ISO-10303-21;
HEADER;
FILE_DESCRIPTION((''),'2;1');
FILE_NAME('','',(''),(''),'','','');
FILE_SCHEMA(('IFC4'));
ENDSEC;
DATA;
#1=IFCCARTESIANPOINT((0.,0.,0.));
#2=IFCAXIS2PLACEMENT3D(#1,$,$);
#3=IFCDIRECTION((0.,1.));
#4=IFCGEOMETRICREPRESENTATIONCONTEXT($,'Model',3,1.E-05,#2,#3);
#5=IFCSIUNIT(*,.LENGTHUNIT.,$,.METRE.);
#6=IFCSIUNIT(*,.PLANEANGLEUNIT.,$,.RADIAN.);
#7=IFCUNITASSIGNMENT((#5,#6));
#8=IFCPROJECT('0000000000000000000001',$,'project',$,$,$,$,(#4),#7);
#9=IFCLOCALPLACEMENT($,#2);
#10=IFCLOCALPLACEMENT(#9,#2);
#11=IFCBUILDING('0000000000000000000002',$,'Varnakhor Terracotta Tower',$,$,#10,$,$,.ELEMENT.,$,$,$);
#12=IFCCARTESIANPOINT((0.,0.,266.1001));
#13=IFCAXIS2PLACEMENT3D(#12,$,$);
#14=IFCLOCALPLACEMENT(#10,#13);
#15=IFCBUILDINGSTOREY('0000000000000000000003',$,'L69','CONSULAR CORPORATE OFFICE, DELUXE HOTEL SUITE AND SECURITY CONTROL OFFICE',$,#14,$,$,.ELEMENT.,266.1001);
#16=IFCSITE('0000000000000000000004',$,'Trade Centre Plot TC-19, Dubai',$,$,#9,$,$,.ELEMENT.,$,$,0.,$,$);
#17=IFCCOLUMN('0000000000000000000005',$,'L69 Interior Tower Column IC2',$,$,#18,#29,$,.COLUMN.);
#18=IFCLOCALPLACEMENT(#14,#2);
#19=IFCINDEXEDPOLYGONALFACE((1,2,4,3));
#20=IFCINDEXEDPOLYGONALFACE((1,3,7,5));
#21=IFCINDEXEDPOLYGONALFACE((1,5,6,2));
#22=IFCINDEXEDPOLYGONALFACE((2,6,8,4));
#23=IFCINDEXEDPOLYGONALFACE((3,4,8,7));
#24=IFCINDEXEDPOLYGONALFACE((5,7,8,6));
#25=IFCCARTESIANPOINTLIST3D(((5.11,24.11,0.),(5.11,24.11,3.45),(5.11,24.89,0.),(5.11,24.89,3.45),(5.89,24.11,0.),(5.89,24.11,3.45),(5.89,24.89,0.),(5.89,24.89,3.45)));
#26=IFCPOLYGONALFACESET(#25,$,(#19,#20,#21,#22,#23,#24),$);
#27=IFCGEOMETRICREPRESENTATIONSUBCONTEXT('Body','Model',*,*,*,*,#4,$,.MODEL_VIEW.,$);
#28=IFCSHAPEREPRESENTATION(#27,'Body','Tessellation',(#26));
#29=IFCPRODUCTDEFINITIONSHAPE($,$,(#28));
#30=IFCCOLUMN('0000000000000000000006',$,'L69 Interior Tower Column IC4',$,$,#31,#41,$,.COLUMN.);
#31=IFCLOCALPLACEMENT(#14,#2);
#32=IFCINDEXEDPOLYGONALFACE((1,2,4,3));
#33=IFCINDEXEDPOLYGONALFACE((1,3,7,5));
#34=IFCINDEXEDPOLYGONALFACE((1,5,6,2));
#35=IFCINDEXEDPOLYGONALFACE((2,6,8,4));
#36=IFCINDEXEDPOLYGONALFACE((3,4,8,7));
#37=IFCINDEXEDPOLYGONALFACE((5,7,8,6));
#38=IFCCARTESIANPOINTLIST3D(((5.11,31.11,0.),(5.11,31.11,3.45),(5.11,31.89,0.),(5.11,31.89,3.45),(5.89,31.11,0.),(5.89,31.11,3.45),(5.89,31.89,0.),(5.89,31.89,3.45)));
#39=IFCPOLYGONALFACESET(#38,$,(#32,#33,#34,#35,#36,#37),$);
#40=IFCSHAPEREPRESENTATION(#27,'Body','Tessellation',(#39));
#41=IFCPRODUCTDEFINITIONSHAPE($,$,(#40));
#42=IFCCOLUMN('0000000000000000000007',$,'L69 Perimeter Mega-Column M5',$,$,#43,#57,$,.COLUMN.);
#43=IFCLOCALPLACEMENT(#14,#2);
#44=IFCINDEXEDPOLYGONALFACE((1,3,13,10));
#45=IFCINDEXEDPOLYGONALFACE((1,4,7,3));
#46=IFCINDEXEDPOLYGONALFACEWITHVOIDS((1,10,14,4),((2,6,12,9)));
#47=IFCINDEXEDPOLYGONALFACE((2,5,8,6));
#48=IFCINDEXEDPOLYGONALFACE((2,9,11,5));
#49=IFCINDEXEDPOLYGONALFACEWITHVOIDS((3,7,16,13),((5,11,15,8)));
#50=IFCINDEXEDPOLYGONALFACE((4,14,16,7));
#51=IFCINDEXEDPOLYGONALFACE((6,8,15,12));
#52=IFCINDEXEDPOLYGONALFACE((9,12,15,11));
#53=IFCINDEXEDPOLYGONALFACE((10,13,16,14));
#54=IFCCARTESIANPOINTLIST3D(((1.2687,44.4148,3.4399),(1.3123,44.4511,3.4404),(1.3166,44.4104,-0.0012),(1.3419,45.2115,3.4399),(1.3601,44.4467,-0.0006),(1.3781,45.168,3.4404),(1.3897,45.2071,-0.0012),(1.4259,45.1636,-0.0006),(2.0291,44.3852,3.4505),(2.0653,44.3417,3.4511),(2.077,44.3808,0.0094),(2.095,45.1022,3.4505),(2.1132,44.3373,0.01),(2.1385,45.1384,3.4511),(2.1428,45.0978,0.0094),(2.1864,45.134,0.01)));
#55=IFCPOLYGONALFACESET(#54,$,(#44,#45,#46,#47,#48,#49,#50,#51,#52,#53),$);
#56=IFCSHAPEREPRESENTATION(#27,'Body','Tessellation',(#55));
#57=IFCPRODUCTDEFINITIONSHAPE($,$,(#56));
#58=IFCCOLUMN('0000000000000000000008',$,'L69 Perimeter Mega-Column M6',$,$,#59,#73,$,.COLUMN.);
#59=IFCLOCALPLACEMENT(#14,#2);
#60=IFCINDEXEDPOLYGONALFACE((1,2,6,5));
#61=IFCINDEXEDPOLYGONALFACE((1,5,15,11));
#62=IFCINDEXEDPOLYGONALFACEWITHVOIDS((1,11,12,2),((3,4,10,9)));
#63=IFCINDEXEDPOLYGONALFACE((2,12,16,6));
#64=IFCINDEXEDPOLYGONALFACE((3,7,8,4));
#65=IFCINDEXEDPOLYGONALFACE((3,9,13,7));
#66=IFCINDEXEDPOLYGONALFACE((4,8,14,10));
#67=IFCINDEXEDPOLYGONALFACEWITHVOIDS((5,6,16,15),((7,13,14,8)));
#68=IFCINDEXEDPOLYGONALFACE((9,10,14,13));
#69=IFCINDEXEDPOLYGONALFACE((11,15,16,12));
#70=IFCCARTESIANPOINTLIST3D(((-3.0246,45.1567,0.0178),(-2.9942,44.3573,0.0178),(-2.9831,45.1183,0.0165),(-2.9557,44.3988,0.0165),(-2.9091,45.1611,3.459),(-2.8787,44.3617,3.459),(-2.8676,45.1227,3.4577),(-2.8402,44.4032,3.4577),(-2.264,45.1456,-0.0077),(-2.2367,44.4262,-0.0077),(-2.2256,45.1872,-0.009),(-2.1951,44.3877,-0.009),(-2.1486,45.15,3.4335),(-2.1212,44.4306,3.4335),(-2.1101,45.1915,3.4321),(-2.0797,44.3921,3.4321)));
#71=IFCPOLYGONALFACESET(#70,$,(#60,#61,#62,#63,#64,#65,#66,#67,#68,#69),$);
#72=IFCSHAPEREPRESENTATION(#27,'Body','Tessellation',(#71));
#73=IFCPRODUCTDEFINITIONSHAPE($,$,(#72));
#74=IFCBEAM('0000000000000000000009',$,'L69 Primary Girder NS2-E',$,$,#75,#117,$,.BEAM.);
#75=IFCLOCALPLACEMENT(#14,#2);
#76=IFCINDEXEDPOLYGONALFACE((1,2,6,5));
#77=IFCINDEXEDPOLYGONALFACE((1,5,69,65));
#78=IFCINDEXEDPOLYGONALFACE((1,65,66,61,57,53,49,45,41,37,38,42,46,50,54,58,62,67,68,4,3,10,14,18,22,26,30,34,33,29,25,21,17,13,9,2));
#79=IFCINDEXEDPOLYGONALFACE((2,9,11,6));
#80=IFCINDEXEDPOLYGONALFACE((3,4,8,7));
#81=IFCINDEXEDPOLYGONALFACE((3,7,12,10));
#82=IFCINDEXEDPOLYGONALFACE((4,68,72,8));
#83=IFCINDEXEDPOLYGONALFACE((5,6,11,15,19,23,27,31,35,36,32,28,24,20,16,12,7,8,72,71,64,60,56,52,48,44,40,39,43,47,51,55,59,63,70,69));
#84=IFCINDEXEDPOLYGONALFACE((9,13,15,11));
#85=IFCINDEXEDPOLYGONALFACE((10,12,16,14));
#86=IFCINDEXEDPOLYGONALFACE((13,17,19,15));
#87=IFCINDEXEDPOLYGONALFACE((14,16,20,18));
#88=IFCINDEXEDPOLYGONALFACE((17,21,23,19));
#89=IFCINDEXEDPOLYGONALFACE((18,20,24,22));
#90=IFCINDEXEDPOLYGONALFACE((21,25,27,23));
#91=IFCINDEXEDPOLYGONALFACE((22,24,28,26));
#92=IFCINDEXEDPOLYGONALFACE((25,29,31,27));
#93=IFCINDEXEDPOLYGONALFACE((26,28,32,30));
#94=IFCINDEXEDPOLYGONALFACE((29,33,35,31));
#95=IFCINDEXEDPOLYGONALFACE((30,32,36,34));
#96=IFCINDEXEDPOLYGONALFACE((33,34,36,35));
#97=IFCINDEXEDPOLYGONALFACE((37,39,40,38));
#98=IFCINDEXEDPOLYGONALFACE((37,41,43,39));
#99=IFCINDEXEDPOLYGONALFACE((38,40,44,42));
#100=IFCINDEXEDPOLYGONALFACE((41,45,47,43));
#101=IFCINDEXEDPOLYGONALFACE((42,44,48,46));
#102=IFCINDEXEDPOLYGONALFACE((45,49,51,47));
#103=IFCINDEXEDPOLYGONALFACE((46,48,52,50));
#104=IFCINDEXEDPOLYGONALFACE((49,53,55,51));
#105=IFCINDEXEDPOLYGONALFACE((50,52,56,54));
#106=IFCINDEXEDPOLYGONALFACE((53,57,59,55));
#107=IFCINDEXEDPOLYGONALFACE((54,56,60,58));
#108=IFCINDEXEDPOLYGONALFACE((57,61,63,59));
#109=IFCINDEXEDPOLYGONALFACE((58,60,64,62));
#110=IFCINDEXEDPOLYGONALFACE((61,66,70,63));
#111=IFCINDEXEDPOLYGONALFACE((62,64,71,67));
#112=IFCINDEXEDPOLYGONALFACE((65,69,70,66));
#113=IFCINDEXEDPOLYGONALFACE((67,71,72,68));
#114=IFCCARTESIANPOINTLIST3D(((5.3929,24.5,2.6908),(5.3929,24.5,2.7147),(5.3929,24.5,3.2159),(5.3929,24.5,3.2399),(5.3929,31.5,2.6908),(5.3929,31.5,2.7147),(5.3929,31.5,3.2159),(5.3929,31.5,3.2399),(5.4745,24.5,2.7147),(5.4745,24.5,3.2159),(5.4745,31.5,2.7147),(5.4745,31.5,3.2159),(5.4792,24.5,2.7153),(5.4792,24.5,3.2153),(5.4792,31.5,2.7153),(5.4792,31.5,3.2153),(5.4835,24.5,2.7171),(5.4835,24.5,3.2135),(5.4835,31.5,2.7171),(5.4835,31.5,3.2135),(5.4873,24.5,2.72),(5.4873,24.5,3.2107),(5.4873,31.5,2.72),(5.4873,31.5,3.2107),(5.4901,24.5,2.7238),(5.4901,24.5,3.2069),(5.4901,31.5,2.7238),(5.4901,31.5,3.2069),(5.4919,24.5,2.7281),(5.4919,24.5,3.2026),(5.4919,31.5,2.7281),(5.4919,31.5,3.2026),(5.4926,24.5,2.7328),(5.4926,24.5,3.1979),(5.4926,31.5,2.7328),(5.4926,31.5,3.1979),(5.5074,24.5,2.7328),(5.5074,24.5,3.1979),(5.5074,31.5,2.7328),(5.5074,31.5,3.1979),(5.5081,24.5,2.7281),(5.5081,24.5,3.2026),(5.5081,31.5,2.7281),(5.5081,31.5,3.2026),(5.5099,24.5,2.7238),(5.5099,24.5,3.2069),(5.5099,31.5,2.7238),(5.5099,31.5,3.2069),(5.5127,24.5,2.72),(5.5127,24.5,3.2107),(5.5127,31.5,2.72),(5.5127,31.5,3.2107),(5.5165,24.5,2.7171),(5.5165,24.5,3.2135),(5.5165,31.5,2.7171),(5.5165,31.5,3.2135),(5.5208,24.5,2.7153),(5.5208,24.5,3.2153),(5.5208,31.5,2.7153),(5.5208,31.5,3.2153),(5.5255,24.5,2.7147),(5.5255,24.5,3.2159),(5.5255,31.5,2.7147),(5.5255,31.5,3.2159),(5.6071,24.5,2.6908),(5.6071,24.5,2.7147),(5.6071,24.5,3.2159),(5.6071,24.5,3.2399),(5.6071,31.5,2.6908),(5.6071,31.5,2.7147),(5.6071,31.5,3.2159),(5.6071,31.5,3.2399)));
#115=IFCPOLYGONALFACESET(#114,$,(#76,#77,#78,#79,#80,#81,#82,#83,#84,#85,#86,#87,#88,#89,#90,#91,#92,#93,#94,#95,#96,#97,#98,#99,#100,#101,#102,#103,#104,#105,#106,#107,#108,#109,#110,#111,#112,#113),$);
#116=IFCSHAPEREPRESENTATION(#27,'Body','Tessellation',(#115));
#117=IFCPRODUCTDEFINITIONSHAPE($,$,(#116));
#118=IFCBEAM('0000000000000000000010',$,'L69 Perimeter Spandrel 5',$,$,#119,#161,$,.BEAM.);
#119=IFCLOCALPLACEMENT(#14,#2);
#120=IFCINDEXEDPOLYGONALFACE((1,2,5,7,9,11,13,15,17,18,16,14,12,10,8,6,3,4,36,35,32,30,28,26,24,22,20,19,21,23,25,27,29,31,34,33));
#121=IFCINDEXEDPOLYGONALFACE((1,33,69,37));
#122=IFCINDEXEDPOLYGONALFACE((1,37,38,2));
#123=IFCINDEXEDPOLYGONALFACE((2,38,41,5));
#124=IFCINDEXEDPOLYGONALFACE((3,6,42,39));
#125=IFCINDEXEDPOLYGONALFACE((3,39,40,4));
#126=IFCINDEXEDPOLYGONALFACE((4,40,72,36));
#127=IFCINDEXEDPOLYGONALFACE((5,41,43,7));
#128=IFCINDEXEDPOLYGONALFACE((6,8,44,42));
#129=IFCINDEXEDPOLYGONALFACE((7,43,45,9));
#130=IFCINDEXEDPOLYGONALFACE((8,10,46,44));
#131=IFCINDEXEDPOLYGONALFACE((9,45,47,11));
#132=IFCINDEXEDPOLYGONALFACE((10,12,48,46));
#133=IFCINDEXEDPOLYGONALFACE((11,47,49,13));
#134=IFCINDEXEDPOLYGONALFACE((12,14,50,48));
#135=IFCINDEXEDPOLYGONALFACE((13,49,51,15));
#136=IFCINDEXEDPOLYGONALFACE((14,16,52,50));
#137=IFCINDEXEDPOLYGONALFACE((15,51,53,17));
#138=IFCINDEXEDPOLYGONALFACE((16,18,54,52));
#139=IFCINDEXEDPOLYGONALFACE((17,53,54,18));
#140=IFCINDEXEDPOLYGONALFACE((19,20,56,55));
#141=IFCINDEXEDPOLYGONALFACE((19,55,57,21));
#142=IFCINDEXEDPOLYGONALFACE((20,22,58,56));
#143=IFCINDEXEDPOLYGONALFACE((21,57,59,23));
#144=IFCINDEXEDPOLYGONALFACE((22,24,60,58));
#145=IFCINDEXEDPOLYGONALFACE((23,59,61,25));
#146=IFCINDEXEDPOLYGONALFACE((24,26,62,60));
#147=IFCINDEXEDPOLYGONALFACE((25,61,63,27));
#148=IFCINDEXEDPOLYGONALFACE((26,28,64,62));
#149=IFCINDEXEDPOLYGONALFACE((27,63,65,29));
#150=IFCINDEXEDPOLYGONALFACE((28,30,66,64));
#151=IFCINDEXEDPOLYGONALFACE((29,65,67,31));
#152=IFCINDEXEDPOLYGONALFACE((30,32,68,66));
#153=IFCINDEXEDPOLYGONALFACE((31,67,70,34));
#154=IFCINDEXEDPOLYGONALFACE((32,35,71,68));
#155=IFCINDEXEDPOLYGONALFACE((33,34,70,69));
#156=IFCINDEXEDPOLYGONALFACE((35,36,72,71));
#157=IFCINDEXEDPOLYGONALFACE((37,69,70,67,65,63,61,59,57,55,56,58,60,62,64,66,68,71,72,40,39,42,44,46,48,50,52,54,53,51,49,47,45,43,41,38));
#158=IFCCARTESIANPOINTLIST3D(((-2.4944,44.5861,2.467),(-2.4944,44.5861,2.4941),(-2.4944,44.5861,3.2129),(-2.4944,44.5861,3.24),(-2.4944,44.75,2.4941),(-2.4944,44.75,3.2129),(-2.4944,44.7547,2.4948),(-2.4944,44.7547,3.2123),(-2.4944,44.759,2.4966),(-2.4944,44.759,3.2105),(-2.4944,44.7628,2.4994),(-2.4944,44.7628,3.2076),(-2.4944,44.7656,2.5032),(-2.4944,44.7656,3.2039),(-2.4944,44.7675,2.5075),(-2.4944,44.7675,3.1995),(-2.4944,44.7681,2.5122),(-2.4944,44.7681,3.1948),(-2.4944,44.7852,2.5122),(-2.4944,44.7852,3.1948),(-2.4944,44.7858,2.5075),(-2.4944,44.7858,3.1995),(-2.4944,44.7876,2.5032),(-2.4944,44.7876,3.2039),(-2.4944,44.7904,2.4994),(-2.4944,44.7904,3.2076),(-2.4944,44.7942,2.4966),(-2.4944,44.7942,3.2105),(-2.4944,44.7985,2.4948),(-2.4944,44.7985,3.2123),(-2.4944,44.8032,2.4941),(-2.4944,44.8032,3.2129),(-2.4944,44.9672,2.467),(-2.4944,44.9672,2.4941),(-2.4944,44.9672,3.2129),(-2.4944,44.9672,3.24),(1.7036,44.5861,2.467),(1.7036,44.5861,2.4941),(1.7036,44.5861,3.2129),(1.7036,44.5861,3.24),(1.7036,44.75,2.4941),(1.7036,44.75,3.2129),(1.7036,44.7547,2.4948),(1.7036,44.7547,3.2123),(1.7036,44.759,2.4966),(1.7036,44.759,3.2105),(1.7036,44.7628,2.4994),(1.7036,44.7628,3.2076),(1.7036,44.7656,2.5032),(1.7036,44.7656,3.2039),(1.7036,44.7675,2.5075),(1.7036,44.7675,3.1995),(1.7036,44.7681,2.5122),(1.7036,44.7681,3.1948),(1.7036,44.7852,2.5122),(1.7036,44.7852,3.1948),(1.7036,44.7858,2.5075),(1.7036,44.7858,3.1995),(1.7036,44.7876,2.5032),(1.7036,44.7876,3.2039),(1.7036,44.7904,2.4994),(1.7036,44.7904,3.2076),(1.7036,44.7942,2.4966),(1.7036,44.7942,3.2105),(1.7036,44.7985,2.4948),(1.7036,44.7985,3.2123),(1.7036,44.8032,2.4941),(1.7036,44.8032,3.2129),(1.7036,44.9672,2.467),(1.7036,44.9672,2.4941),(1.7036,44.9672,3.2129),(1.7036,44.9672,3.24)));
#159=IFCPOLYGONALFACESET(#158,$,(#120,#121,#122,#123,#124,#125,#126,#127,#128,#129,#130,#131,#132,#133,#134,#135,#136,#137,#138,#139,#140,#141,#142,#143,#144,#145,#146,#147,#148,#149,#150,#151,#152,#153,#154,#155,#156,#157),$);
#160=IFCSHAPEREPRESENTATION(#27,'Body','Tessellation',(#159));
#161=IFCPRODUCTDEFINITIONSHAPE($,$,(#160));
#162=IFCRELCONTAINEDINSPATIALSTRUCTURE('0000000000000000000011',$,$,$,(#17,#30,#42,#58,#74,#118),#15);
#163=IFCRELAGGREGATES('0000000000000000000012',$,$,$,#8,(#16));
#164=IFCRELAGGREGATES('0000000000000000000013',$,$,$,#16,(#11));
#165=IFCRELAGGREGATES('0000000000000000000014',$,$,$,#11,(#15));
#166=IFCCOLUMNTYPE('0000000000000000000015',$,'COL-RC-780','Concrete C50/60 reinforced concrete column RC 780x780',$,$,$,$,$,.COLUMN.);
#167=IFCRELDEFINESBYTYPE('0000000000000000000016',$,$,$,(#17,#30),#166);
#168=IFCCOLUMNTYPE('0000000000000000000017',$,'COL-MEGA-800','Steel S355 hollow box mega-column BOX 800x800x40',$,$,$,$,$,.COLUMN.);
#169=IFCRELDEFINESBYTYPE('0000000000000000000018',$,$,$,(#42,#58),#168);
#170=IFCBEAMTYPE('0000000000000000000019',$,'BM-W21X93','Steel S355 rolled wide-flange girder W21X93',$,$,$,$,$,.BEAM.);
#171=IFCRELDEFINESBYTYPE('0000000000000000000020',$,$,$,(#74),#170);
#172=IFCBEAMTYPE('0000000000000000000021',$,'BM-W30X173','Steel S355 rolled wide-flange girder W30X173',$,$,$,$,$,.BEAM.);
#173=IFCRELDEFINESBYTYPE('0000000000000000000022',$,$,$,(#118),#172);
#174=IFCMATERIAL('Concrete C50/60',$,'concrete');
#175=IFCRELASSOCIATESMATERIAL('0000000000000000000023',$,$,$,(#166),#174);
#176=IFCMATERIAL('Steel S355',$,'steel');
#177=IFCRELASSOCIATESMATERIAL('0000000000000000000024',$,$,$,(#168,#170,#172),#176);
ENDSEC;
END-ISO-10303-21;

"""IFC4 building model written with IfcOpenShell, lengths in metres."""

from ifc_helpers import new_model, si_unit, direction, frame, origin, origin_2d, place, context, subcontext, project, spatial, rectangle, hollow_rectangle, i_section, extrude, source, transform, mapped, material, material_profile, profile_set, type_object, type_shapes, element, save


model = new_model("IFC4")

# Units and contexts
model_context = context("Model", 3, precision=1e-05, world=origin(), true_north=direction((0.0, 1.0)))
body_context = subcontext(model_context, "Body", "Model", "MODEL_VIEW")
ifc_project = project(units=[si_unit("LENGTHUNIT", "METRE"), si_unit("PLANEANGLEUNIT", "RADIAN")], contexts=[model_context])

# Site, building, storey
site_placement = place(None, origin())
site = spatial("IfcSite", under=ifc_project, at=site_placement, Name="Trade Centre Plot TC-19, Dubai", CompositionType="ELEMENT", RefElevation=0.0)
building_placement = place(site_placement, origin())
building = spatial("IfcBuilding", under=site, at=building_placement, Name="Varnakhor Terracotta Tower", CompositionType="ELEMENT")
storey_placement = place(building_placement, frame((0.0, 0.0, 266.1001)))
storey = spatial("IfcBuildingStorey", under=building, at=storey_placement, Name="L69", Description="CONSULAR CORPORATE OFFICE, DELUXE HOTEL SUITE AND SECURITY CONTROL OFFICE", CompositionType="ELEMENT", Elevation=266.1001)

# Columns
ifc_material_1 = material(Name="Concrete C50/60", Category="concrete")
ifc_material_profile_1 = material_profile(ifc_material_1, rectangle(XDim=0.78, YDim=0.78, at=origin_2d()), Name="RC 780x780")
ifc_profile_set_1 = profile_set([ifc_material_profile_1], Name="Concrete C50/60")
column_type_1 = type_object("IfcColumnType", Name="COL-RC-780", Description="Concrete C50/60 reinforced concrete column RC 780x780", PredefinedType="COLUMN", material=ifc_profile_set_1)
shared_shape_1 = source(origin(), body_context, "Body", "SweptSolid", [
    extrude(rectangle(XDim=0.78, YDim=0.78, at=origin_2d()), origin(), (0.0, 0.0, 1.0), 3.45),
])
for number, where, z_axis, x_axis, name in (
    (1, (5.5, 24.5, 0.0), (0.0, 0.0, 1.0), (1.0, 0.0, 0.0), "L69 Interior Tower Column IC2"),
    (2, (5.5, 31.5, 0.0), (0.0, 0.0, 1.0), (1.0, 0.0, 0.0), "L69 Interior Tower Column IC4"),
):
    element("IfcColumn", number, at=place(storey_placement, frame(where, z_axis=z_axis, x_axis=x_axis)), inside=storey, type_object=column_type_1, Name=name, PredefinedType="COLUMN", context=body_context, shape_type="MappedRepresentation", body=[
        mapped(shared_shape_1, transform((0.0, 0.0, 0.0), scale=1.0)),
    ])
ifc_material_2 = material(Name="Steel S355", Category="steel")
ifc_material_profile_2 = material_profile(ifc_material_2, hollow_rectangle(XDim=0.8, YDim=0.8, WallThickness=0.04, at=origin_2d()), Name="BOX 800x800x40")
ifc_profile_set_2 = profile_set([ifc_material_profile_2], Name="Steel S355")
column_type_2 = type_object("IfcColumnType", Name="COL-MEGA-800", Description="Steel S355 hollow box mega-column BOX 800x800x40", PredefinedType="COLUMN", material=ifc_profile_set_2)
shared_shape_2 = source(origin(), body_context, "Body", "SweptSolid", [
    extrude(hollow_rectangle(XDim=0.8, YDim=0.8, WallThickness=0.04, at=origin_2d()), origin(), (0.0, 0.0, 1.0), 3.4414),
])
type_shapes(column_type_2, [shared_shape_2])
column_1_placement = place(storey_placement, frame((1.7515, 44.7722, 0.0044), z_axis=(-0.013904, 0.001277, 0.999903), x_axis=(-0.091452, -0.995809, 0.0)))
element("IfcColumn", 3, at=column_1_placement, inside=storey, type_object=column_type_2, Name="L69 Perimeter Mega-Column M5", PredefinedType="COLUMN", context=body_context, shape_type="MappedRepresentation", body=[
    mapped(shared_shape_2, transform((0.0, 0.0, 0.0), scale=1.0)),
])
shared_shape_3 = source(origin(), body_context, "Body", "SweptSolid", [
    extrude(hollow_rectangle(XDim=0.8, YDim=0.8, WallThickness=0.04, at=origin_2d()), origin(), (0.0, 0.0, 1.0), 3.4431),
])
column_2_placement = place(storey_placement, frame((-2.6099, 44.7722, 0.0044), z_axis=(0.033539, 0.001276, 0.999437), x_axis=(-0.038027, 0.999277, 0.0)))
element("IfcColumn", 4, at=column_2_placement, inside=storey, type_object=column_type_2, Name="L69 Perimeter Mega-Column M6", PredefinedType="COLUMN", context=body_context, shape_type="MappedRepresentation", body=[
    mapped(shared_shape_3, transform((0.0, 0.0, 0.0), scale=1.0)),
])

# Beams
ifc_material_profile_3 = material_profile(ifc_material_2, i_section(OverallWidth=0.2141, OverallDepth=0.5491, WebThickness=0.0149, FlangeThickness=0.0239, FilletRadius=0.0181, at=origin_2d()), Name="W21X93")
ifc_profile_set_3 = profile_set([ifc_material_profile_3], Name="Steel S355")
beam_type_1 = type_object("IfcBeamType", Name="BM-W21X93", Description="Steel S355 rolled wide-flange girder W21X93", PredefinedType="BEAM", material=ifc_profile_set_3)
shared_shape_4 = source(origin(), body_context, "Body", "SweptSolid", [
    extrude(i_section(OverallWidth=0.2141, OverallDepth=0.5491, WebThickness=0.0149, FlangeThickness=0.0239, FilletRadius=0.0181, at=origin_2d()), origin(), (0.0, 0.0, 1.0), 7.0),
])
beam_1_placement = place(storey_placement, frame((5.5, 24.5, 2.9653), z_axis=(0.0, 1.0, 0.0), x_axis=(-1.0, 0.0, 0.0)))
element("IfcBeam", 5, at=beam_1_placement, inside=storey, type_object=beam_type_1, Name="L69 Primary Girder NS2-E", PredefinedType="BEAM", context=body_context, shape_type="MappedRepresentation", body=[
    mapped(shared_shape_4, transform((0.0, 0.0, 0.0), scale=1.0)),
])
ifc_material_profile_4 = material_profile(ifc_material_2, i_section(OverallWidth=0.3811, OverallDepth=0.7729, WebThickness=0.0171, FlangeThickness=0.0271, FilletRadius=0.0181, at=origin_2d()), Name="W30X173")
ifc_profile_set_4 = profile_set([ifc_material_profile_4], Name="Steel S355")
beam_type_2 = type_object("IfcBeamType", Name="BM-W30X173", Description="Steel S355 rolled wide-flange girder W30X173", PredefinedType="BEAM", material=ifc_profile_set_4)
shared_shape_5 = source(origin(), body_context, "Body", "SweptSolid", [
    extrude(i_section(OverallWidth=0.3811, OverallDepth=0.7729, WebThickness=0.0171, FlangeThickness=0.0271, FilletRadius=0.0181, at=origin_2d()), origin(), (0.0, 0.0, 1.0), 4.198),
])
beam_2_placement = place(storey_placement, frame((1.7036, 44.7766, 2.8535), z_axis=(-1.0, 0.0, 0.0), x_axis=(0.0, -1.0, 0.0)))
element("IfcBeam", 6, at=beam_2_placement, inside=storey, type_object=beam_type_2, Name="L69 Perimeter Spandrel 5", PredefinedType="BEAM", context=body_context, shape_type="MappedRepresentation", body=[
    mapped(shared_shape_5, transform((0.0, 0.0, 0.0), scale=1.0)),
])

save(model, "model.ifc")
